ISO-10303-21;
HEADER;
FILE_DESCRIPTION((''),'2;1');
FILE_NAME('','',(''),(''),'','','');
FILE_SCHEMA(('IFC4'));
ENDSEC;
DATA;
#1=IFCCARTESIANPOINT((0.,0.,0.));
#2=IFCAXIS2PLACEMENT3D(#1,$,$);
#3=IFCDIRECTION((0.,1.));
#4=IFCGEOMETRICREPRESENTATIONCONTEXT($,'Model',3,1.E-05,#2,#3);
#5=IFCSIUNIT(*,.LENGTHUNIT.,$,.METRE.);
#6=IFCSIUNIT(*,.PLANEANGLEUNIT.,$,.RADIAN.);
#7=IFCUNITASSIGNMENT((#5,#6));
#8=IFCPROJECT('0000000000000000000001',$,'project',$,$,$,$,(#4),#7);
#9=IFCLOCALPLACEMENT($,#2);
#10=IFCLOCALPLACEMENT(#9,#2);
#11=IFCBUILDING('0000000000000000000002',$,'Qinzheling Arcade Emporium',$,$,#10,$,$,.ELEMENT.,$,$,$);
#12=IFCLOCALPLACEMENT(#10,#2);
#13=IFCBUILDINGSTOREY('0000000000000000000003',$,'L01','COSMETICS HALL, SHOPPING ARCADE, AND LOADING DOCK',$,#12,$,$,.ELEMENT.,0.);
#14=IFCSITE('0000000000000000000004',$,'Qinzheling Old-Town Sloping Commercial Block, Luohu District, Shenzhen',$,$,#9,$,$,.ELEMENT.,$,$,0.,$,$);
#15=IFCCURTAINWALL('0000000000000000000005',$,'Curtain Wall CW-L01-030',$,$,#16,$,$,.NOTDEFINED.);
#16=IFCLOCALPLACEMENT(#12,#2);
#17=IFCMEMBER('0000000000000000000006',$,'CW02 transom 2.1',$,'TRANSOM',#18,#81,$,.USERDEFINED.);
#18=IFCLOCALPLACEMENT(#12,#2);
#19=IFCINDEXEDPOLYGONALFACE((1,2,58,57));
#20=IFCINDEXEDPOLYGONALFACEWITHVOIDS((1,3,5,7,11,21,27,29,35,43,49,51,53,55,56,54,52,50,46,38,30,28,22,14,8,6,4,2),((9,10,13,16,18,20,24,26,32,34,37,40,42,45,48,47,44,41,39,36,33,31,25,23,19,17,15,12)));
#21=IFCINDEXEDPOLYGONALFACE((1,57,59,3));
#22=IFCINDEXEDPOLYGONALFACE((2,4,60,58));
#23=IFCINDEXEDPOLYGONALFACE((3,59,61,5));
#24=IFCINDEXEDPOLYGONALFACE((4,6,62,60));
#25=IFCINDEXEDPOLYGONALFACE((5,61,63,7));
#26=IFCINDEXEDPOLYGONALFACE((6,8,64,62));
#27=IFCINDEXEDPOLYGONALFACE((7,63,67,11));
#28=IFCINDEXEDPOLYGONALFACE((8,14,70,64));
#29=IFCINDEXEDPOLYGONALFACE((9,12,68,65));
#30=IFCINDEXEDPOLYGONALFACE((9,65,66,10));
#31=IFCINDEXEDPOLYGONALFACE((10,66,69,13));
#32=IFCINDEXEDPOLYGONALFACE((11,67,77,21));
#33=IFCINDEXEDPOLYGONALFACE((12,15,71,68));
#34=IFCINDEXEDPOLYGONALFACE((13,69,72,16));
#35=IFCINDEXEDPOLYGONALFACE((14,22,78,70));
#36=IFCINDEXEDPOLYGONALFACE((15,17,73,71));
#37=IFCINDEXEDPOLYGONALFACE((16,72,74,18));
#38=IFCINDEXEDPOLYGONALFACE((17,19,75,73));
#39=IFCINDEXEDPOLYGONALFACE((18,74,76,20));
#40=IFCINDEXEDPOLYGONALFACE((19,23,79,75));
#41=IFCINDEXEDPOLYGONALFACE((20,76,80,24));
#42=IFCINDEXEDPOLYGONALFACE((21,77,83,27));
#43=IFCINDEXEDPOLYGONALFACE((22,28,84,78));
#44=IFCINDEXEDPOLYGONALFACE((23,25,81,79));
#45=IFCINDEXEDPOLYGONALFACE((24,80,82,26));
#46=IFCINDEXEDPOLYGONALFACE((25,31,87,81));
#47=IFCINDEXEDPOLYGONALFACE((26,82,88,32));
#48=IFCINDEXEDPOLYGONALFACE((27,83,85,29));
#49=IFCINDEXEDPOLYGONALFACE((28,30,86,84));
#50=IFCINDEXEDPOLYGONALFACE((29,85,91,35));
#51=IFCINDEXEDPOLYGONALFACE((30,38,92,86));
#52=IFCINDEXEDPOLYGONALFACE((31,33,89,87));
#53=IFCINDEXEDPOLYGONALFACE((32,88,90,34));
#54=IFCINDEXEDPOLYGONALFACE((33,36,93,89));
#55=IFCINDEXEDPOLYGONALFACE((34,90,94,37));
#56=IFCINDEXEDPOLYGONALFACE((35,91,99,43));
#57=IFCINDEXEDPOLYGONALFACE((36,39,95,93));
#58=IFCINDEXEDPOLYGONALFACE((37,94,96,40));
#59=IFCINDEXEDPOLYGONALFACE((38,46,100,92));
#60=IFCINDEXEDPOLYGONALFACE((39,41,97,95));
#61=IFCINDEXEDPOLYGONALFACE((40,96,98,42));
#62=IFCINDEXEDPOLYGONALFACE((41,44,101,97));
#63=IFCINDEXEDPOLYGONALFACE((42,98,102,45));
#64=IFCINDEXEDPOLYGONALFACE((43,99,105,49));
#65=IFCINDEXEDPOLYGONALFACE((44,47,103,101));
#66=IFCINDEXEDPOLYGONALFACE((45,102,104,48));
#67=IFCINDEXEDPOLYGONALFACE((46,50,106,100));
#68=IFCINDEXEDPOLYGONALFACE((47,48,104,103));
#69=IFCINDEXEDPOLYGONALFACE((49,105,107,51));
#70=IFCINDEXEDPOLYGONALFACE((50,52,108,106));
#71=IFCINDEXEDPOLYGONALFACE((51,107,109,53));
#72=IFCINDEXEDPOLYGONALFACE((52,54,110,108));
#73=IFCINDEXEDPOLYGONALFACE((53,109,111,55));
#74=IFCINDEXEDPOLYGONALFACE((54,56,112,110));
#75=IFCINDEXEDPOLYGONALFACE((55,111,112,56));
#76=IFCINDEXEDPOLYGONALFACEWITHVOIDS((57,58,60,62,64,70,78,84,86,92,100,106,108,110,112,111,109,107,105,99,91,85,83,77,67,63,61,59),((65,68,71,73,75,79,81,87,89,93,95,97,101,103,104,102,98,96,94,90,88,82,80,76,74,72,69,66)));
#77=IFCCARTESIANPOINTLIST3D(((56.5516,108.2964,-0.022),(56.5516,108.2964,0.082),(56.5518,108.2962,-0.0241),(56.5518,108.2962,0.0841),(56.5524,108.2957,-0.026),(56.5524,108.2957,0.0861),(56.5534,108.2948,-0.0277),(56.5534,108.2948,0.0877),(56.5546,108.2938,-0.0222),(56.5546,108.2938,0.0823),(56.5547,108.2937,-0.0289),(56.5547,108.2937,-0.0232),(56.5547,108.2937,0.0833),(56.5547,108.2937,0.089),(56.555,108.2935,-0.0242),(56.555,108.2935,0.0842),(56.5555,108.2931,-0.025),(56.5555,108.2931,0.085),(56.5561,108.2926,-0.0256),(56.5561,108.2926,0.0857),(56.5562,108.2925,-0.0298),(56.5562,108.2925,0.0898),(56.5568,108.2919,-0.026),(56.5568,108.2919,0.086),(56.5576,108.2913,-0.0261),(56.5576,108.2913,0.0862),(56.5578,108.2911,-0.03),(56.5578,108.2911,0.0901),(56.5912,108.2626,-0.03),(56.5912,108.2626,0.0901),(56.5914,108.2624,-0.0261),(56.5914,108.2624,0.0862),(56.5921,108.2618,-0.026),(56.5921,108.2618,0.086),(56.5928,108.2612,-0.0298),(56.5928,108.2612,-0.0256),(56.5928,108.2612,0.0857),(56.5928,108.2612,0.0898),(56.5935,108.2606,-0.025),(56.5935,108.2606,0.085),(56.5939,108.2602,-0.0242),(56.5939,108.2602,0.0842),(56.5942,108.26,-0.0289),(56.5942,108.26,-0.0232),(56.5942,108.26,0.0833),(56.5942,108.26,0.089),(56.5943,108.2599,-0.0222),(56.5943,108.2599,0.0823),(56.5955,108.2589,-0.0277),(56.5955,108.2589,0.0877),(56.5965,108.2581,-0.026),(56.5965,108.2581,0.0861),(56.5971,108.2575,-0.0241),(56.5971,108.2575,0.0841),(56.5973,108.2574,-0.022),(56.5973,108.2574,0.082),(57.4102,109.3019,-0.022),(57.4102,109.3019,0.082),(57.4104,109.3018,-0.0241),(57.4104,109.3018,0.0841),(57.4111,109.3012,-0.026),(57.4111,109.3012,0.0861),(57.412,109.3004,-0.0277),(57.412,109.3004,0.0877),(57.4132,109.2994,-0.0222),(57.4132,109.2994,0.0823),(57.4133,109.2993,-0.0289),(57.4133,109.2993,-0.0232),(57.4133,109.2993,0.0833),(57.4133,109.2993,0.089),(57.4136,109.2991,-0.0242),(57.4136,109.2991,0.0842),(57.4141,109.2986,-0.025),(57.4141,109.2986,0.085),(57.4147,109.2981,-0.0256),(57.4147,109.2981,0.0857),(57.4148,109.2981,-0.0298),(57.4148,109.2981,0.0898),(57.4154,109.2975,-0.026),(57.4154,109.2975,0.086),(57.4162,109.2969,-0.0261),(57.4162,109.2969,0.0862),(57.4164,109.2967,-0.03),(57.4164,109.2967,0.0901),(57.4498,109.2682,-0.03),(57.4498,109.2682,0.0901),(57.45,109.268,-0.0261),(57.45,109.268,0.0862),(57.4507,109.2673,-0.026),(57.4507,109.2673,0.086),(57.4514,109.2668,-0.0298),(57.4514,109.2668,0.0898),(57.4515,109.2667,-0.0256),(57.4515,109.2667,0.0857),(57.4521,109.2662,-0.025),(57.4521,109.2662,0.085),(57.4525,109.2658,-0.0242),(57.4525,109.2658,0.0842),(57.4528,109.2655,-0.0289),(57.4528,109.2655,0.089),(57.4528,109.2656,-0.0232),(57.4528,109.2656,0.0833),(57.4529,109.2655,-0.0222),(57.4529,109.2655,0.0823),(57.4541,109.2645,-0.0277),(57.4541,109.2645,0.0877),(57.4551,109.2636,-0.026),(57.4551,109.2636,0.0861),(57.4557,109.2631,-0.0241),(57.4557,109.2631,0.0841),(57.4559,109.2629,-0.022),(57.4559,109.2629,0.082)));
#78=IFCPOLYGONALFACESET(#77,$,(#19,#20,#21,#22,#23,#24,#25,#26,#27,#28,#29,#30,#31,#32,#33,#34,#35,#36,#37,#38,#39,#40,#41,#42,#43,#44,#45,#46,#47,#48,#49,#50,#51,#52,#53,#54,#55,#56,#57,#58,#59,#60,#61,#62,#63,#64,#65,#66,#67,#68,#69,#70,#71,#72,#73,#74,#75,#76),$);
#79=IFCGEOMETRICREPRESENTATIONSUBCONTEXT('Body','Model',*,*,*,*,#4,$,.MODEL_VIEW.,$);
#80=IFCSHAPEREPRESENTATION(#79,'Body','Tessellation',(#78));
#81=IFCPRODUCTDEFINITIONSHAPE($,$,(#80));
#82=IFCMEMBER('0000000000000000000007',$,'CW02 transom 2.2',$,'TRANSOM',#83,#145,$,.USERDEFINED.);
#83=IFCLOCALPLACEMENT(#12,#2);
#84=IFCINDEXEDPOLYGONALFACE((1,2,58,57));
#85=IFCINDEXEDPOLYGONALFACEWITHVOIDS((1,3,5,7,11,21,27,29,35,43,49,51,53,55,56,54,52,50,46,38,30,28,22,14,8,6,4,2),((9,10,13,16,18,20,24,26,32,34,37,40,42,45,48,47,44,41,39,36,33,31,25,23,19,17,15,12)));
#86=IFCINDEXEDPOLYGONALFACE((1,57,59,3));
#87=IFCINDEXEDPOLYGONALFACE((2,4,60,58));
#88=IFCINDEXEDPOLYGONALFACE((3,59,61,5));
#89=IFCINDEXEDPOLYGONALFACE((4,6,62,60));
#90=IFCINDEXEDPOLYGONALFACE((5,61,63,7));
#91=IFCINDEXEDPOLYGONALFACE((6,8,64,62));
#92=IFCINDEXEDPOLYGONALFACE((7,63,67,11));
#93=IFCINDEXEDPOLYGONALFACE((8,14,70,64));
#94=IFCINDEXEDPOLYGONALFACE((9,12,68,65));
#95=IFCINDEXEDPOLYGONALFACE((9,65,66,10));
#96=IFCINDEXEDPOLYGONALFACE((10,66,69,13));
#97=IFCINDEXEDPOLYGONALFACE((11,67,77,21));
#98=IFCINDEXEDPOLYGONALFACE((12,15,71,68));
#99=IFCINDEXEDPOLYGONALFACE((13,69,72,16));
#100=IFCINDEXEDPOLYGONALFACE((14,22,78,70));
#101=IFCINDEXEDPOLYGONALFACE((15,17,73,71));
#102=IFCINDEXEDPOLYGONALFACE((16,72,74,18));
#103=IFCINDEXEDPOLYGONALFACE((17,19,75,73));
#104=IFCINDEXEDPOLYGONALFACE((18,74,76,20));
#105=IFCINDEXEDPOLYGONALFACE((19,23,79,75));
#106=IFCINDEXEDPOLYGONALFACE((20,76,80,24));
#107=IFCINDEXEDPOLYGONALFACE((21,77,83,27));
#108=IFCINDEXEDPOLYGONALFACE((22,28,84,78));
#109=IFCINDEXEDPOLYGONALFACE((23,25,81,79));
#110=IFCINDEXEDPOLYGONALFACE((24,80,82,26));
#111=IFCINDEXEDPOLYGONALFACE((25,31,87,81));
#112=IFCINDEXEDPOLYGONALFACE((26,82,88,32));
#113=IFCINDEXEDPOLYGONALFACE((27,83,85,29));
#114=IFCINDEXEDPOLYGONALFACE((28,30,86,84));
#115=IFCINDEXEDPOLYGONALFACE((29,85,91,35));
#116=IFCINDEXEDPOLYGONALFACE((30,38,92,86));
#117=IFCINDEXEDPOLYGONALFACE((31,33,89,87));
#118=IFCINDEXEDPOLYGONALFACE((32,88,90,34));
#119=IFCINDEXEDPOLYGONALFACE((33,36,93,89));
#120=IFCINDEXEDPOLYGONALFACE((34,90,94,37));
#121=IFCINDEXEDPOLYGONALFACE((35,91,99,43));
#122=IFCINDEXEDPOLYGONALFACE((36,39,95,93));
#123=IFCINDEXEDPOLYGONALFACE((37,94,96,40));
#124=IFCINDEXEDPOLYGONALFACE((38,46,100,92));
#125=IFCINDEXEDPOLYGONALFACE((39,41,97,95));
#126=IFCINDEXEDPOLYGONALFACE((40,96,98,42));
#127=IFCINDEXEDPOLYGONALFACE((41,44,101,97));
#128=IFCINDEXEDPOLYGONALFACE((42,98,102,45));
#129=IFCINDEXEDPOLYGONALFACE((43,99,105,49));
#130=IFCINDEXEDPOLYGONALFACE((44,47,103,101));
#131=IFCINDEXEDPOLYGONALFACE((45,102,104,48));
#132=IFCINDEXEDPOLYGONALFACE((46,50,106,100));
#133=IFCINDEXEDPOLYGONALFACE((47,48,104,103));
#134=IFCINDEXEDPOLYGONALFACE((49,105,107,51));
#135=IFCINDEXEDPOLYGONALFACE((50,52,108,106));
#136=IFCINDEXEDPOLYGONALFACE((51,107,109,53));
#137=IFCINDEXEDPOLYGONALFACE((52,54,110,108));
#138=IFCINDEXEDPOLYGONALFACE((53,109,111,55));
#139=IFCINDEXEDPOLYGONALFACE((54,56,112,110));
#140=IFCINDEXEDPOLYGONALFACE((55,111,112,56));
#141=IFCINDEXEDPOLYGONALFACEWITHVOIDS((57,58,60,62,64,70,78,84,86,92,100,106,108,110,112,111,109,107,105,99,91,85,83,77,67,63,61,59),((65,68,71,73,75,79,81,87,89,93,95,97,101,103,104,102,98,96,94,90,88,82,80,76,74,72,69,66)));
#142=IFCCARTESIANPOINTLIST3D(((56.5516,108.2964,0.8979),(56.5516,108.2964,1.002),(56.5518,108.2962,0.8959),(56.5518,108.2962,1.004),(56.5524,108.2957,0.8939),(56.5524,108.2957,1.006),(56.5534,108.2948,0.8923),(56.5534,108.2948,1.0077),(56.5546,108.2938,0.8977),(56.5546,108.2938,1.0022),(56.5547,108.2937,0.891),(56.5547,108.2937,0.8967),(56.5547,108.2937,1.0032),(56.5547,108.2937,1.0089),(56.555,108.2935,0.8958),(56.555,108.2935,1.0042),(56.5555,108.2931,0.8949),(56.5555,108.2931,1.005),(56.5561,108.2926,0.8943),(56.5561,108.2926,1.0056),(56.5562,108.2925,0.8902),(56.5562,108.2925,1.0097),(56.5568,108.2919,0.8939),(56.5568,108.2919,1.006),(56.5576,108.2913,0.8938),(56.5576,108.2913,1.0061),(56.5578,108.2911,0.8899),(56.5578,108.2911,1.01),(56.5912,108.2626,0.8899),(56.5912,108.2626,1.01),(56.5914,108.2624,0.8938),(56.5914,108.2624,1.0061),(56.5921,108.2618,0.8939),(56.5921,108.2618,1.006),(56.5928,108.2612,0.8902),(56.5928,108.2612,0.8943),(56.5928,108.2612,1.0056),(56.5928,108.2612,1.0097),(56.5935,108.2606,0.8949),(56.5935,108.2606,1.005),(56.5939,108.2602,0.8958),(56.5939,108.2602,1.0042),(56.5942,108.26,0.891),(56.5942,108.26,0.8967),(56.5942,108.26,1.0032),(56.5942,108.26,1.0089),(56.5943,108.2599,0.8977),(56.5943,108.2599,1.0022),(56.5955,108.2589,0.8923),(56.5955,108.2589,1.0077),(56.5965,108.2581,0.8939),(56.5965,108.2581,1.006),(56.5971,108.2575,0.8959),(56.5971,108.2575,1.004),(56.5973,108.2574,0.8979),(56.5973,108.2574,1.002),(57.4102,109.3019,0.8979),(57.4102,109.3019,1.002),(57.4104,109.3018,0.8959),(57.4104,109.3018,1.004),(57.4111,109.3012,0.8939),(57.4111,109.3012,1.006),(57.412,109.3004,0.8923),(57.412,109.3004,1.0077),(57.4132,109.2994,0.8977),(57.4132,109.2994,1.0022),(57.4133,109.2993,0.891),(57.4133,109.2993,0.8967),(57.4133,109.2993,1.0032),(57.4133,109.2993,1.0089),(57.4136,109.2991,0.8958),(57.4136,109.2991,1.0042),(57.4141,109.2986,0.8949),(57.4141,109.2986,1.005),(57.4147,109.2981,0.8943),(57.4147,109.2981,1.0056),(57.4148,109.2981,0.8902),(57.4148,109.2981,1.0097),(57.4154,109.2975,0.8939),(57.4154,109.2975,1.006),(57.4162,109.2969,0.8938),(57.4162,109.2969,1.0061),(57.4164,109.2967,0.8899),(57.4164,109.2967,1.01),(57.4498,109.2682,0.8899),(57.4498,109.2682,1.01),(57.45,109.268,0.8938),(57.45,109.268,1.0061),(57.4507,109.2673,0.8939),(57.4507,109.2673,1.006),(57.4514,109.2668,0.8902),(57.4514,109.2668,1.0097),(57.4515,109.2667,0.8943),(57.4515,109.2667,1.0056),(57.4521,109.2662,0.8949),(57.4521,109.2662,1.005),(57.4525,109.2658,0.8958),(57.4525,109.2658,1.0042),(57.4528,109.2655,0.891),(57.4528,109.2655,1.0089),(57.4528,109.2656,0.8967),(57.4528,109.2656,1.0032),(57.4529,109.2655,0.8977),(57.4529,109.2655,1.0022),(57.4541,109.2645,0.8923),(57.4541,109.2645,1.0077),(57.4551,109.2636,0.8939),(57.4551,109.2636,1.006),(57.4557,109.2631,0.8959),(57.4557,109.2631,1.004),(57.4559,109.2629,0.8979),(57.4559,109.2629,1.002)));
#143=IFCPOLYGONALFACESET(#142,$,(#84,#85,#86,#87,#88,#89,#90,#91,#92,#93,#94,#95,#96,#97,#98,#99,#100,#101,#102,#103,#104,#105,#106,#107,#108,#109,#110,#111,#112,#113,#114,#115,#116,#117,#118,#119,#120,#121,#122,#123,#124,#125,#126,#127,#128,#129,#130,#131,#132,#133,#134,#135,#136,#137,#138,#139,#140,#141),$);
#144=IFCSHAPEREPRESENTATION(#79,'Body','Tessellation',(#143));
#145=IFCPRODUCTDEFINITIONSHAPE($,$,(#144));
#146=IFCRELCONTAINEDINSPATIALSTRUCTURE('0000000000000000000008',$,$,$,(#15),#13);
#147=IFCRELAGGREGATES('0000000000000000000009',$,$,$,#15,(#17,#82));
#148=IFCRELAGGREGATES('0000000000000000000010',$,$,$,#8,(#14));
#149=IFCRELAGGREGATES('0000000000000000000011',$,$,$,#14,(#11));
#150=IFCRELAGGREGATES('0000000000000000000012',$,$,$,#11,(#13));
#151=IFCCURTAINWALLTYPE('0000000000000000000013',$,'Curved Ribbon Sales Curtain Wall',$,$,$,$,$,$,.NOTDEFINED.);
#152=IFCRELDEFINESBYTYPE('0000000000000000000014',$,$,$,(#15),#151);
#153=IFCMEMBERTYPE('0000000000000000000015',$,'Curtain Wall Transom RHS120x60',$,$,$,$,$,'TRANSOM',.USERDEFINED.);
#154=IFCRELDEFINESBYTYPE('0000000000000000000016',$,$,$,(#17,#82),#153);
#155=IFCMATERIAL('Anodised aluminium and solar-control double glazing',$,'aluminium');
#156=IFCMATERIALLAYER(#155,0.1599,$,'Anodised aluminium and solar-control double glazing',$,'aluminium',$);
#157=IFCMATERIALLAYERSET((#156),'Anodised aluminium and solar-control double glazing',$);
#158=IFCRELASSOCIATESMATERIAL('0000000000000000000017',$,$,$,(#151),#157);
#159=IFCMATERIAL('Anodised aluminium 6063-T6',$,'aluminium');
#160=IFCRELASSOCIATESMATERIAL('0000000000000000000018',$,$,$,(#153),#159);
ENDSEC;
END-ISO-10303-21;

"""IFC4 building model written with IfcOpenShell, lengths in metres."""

from ifc_helpers import new_model, si_unit, direction, frame, origin, origin_2d, place, context, subcontext, project, spatial, hollow_rectangle, extrude, material, layer, layer_set, material_profile, profile_set, type_object, element, aggregate, save


model = new_model("IFC4")

# Units and contexts
model_context = context("Model", 3, precision=1e-05, world=origin(), true_north=direction((0.0, 1.0)))
body_context = subcontext(model_context, "Body", "Model", "MODEL_VIEW")
ifc_project = project(units=[si_unit("LENGTHUNIT", "METRE"), si_unit("PLANEANGLEUNIT", "RADIAN")], contexts=[model_context])

# Site, building, storey
site_placement = place(None, origin())
site = spatial("IfcSite", under=ifc_project, at=site_placement, Name="Qinzheling Old-Town Sloping Commercial Block, Luohu District, Shenzhen", CompositionType="ELEMENT", RefElevation=0.0)
building_placement = place(site_placement, origin())
building = spatial("IfcBuilding", under=site, at=building_placement, Name="Qinzheling Arcade Emporium", CompositionType="ELEMENT")
storey_placement = place(building_placement, origin())
storey = spatial("IfcBuildingStorey", under=building, at=storey_placement, Name="L01", Description="COSMETICS HALL, SHOPPING ARCADE, AND LOADING DOCK", CompositionType="ELEMENT", Elevation=0.0)

# Shared definitions
ifc_material_1 = material(Name="Anodised aluminium and solar-control double glazing", Category="aluminium")
ifc_layer_1 = layer(ifc_material_1, 0.1599, Name="Anodised aluminium and solar-control double glazing", Category="aluminium")
ifc_layer_set_1 = layer_set([ifc_layer_1], Name="Anodised aluminium and solar-control double glazing")
curtain_wall_type = type_object("IfcCurtainWallType", Name="Curved Ribbon Sales Curtain Wall", PredefinedType="NOTDEFINED", material=ifc_layer_set_1)
ifc_material_2 = material(Name="Anodised aluminium 6063-T6", Category="aluminium")

# Curtain wall
curtain_wall_1_placement = place(storey_placement, origin())
curtain_wall_1 = element("IfcCurtainWall", 1, at=curtain_wall_1_placement, inside=storey, type_object=curtain_wall_type, Name="Curtain Wall CW-L01-030", PredefinedType="NOTDEFINED")

# Members
ifc_material_profile_1 = material_profile(ifc_material_2, hollow_rectangle(XDim=0.0601, YDim=0.1201, WallThickness=0.0039, InnerFilletRadius=0.0039, OuterFilletRadius=0.0081, at=origin_2d()), Name="RHS 120x60x4", Category="aluminium")
ifc_profile_set_1 = profile_set([ifc_material_profile_1], Name="Anodised aluminium 6063-T6")
member_type_1 = type_object("IfcMemberType", Name="Curtain Wall Transom RHS120x60", ElementType="TRANSOM", PredefinedType="USERDEFINED", material=ifc_profile_set_1)
member_1_placement = place(storey_placement, frame((56.5745, 108.2769, 0.03), z_axis=(0.649346, 0.760493, 0.0), x_axis=(-0.760493, 0.649346, 0.0)))
member_1 = element("IfcMember", 2, at=member_1_placement, type_object=member_type_1, Name="CW02 transom 2.1", ObjectType="TRANSOM", PredefinedType="USERDEFINED", context=body_context, shape_type="SweptSolid", body=[
    extrude(hollow_rectangle(XDim=0.0601, YDim=0.1201, WallThickness=0.0039, InnerFilletRadius=0.0039, OuterFilletRadius=0.0081, at=origin_2d()), origin(), (0.0, 0.0, 1.0), 1.3223),
])
member_2_placement = place(storey_placement, frame((56.5745, 108.2769, 0.95), z_axis=(0.649346, 0.760493, 0.0), x_axis=(-0.760493, 0.649346, 0.0)))
member_2 = element("IfcMember", 3, at=member_2_placement, type_object=member_type_1, Name="CW02 transom 2.2", ObjectType="TRANSOM", PredefinedType="USERDEFINED", context=body_context, shape_type="SweptSolid", body=[
    extrude(hollow_rectangle(XDim=0.0601, YDim=0.1201, WallThickness=0.0039, InnerFilletRadius=0.0039, OuterFilletRadius=0.0081, at=origin_2d()), origin(), (0.0, 0.0, 1.0), 1.3223),
])

aggregate(curtain_wall_1, [member_1, member_2])

save(model, "model.ifc")
